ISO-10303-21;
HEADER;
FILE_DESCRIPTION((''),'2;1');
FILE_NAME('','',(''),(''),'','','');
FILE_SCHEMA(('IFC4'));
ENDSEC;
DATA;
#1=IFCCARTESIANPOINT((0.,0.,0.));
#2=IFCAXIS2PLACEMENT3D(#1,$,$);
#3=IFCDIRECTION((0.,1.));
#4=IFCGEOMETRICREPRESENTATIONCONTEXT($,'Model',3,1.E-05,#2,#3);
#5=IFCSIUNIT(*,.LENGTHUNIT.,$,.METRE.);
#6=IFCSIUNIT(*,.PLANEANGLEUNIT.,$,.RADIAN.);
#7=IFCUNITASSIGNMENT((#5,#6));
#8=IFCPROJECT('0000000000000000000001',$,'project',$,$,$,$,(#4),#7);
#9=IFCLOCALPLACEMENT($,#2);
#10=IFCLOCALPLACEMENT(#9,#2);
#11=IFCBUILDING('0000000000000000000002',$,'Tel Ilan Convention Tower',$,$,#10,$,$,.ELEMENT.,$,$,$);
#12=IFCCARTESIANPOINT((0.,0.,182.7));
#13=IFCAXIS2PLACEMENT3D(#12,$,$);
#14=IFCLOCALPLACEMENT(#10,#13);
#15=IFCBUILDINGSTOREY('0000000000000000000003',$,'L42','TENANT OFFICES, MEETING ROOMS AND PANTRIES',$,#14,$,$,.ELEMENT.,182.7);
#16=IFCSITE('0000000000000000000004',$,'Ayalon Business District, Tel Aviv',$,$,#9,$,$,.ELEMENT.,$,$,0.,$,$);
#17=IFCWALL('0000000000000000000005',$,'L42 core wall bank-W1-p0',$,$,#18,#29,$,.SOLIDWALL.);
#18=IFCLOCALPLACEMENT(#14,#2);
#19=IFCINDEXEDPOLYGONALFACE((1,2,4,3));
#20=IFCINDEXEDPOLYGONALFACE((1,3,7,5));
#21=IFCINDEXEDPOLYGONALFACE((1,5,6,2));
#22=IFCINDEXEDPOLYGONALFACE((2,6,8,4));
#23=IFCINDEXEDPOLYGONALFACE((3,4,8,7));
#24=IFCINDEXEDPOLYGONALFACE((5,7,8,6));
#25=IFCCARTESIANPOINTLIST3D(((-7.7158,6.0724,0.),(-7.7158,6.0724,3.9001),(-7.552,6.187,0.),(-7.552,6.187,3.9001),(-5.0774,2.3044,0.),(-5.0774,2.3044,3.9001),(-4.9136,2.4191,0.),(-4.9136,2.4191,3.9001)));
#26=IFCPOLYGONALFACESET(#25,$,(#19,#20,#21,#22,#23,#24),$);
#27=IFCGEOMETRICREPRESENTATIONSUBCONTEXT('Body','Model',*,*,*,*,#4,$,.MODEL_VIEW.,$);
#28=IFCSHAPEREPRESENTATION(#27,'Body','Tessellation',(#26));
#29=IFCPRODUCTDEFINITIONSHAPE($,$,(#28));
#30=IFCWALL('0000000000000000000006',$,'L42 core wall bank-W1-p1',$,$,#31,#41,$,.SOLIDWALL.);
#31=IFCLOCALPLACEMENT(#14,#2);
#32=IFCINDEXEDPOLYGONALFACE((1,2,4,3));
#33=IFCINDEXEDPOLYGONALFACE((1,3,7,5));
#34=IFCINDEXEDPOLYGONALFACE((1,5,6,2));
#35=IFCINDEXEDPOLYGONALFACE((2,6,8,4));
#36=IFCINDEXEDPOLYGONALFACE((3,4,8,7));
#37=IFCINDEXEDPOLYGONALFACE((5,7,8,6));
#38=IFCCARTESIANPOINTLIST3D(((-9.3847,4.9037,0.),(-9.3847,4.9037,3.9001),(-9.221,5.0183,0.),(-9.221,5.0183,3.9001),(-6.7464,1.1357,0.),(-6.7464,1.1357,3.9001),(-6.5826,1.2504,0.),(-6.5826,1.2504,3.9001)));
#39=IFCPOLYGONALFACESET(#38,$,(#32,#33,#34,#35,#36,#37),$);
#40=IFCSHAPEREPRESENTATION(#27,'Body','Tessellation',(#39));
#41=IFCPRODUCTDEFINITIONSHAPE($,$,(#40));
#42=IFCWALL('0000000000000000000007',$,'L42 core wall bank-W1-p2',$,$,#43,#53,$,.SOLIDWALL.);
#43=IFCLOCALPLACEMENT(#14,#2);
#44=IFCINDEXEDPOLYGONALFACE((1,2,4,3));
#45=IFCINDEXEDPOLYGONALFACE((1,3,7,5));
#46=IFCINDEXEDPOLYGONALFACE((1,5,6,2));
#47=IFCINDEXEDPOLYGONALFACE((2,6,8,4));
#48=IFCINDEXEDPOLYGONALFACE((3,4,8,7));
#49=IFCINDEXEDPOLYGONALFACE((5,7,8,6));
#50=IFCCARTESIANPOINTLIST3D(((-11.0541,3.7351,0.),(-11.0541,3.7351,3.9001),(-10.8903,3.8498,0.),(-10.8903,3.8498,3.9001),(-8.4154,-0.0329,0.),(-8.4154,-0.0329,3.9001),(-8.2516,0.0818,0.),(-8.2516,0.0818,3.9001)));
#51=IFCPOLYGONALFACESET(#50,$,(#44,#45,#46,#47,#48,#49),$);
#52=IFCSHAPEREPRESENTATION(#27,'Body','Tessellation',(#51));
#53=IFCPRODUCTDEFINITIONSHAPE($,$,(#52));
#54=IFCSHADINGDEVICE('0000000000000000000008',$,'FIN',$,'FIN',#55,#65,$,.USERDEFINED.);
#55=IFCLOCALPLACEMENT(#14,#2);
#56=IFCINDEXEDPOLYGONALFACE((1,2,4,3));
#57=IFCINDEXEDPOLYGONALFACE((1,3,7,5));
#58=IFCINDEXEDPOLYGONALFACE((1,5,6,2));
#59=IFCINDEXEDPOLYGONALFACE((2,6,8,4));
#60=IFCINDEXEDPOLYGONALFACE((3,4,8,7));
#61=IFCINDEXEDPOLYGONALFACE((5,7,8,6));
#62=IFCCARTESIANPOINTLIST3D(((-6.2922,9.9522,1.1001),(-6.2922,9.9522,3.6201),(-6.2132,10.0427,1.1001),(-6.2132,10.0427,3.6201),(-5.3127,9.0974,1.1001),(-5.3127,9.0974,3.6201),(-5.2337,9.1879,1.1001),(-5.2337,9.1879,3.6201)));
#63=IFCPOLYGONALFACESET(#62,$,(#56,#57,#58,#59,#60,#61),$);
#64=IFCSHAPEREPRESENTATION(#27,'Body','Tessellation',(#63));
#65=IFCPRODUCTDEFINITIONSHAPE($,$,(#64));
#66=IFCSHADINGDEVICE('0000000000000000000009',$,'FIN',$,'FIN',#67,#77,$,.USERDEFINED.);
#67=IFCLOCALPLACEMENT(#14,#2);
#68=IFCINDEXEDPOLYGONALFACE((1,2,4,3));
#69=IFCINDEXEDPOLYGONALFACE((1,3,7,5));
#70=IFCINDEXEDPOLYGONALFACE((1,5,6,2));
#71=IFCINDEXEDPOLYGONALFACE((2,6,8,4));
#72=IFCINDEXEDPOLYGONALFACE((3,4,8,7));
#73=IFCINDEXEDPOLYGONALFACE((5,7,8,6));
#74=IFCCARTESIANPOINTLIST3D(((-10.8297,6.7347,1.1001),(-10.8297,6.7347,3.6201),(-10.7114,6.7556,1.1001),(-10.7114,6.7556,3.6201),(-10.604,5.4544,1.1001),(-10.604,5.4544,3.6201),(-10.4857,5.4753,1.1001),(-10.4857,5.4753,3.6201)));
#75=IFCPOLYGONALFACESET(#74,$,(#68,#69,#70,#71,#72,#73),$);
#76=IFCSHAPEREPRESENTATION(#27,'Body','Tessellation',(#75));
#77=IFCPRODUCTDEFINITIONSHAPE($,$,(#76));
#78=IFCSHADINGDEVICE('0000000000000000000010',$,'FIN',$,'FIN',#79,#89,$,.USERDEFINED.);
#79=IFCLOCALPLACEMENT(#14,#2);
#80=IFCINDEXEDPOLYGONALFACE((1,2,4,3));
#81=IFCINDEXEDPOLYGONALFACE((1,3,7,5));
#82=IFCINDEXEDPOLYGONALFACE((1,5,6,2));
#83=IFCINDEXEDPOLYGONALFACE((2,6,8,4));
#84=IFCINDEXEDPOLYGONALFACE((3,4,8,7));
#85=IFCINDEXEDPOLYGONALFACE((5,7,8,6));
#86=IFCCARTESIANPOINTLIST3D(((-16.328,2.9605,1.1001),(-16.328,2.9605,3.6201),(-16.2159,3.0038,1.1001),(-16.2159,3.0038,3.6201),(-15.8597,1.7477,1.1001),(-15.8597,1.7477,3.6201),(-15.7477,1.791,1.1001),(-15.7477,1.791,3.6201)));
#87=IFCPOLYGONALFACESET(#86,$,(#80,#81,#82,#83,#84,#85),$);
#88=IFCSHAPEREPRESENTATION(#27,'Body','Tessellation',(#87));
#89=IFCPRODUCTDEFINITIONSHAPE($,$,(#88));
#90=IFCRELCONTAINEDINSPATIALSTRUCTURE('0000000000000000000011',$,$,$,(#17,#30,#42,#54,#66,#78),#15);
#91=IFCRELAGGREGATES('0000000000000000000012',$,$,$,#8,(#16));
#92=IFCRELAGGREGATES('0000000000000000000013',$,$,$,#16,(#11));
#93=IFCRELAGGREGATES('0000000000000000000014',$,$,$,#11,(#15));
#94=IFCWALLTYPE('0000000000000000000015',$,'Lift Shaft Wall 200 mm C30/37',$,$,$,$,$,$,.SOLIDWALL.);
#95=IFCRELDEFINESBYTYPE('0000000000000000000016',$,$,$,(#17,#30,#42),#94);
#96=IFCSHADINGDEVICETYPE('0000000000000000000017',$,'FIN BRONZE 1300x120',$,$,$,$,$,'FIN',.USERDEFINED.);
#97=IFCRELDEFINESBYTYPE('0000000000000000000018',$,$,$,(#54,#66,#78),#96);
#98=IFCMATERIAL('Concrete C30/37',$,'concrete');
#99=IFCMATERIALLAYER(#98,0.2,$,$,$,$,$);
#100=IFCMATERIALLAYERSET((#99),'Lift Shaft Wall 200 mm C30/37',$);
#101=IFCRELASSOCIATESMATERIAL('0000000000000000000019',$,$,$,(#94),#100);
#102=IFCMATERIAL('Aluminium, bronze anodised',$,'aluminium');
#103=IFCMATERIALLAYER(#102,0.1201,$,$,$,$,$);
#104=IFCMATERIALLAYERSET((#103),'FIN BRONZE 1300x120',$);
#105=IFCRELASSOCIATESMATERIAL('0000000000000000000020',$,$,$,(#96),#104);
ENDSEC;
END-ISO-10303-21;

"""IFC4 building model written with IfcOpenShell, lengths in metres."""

from ifc_helpers import new_model, si_unit, direction, frame, frame_2d, origin, origin_2d, place, context, subcontext, project, spatial, rectangle, extrude, material, layer, layer_set, type_object, element, save


model = new_model("IFC4")

# Units and contexts
model_context = context("Model", 3, precision=1e-05, world=origin(), true_north=direction((0.0, 1.0)))
body_context = subcontext(model_context, "Body", "Model", "MODEL_VIEW")
ifc_project = project(units=[si_unit("LENGTHUNIT", "METRE"), si_unit("PLANEANGLEUNIT", "RADIAN")], contexts=[model_context])

# Site, building, storey
site_placement = place(None, origin())
site = spatial("IfcSite", under=ifc_project, at=site_placement, Name="Ayalon Business District, Tel Aviv", CompositionType="ELEMENT", RefElevation=0.0)
building_placement = place(site_placement, origin())
building = spatial("IfcBuilding", under=site, at=building_placement, Name="Tel Ilan Convention Tower", CompositionType="ELEMENT")
storey_placement = place(building_placement, frame((0.0, 0.0, 182.7)))
storey = spatial("IfcBuildingStorey", under=building, at=storey_placement, Name="L42", Description="TENANT OFFICES, MEETING ROOMS AND PANTRIES", CompositionType="ELEMENT", Elevation=182.7)

# Walls
ifc_material_1 = material(Name="Concrete C30/37", Category="concrete")
ifc_layer_1 = layer(ifc_material_1, 0.2)
ifc_layer_set_1 = layer_set([ifc_layer_1], Name="Lift Shaft Wall 200 mm C30/37")
wall_type_1 = type_object("IfcWallType", Name="Lift Shaft Wall 200 mm C30/37", PredefinedType="SOLIDWALL", material=ifc_layer_set_1)
for number, where, z_axis, x_axis, name in (
    (1, (-4.9956, 2.3618, 0.0), (0.0, 0.0, 1.0), (-0.573576, 0.819152, 0.0), "L42 core wall bank-W1-p0"),
    (2, (-6.6646, 1.1931, 0.0), (0.0, 0.0, 1.0), (-0.573576, 0.819152, 0.0), "L42 core wall bank-W1-p1"),
):
    element("IfcWall", number, at=place(storey_placement, frame(where, z_axis=z_axis, x_axis=x_axis)), inside=storey, type_object=wall_type_1, Name=name, PredefinedType="SOLIDWALL", context=body_context, shape_type="SweptSolid", body=[
        extrude(rectangle(XDim=4.5999, YDim=0.2, at=frame_2d((2.2998, 0.0))), origin(), (0.0, 0.0, 1.0), 3.9001),
    ])
wall_1_placement = place(storey_placement, frame((-8.3335, 0.0244, 0.0), z_axis=(0.0, 0.0, 1.0), x_axis=(-0.573612, 0.819127, 0.0)))
element("IfcWall", 3, at=wall_1_placement, inside=storey, type_object=wall_type_1, Name="L42 core wall bank-W1-p2", PredefinedType="SOLIDWALL", context=body_context, shape_type="SweptSolid", body=[
    extrude(rectangle(XDim=4.6001, YDim=0.2, at=frame_2d((2.3, 0.0))), origin(), (0.0, 0.0, 1.0), 3.9001),
])

# Shading devices
ifc_material_2 = material(Name="Aluminium, bronze anodised", Category="aluminium")
ifc_layer_2 = layer(ifc_material_2, 0.1201)
ifc_layer_set_2 = layer_set([ifc_layer_2], Name="FIN BRONZE 1300x120")
shading_device_type = type_object("IfcShadingDeviceType", Name="FIN BRONZE 1300x120", ElementType="FIN", PredefinedType="USERDEFINED", material=ifc_layer_set_2)
for number, where, z_axis, x_axis, name in (
    (4, (-5.7629, 9.5701, 1.1001), (0.0, 0.0, 1.0), (-0.753436, 0.657521, 0.0), "FIN"),
    (5, (-10.6577, 6.105, 1.1001), (0.0, 0.0, 1.0), (-0.173648, 0.984808, 0.0), "FIN"),
    (6, (-16.0378, 2.3757, 1.1001), (0.0, 0.0, 1.0), (-0.360178, 0.932884, 0.0), "FIN"),
):
    element("IfcShadingDevice", number, at=place(storey_placement, frame(where, z_axis=z_axis, x_axis=x_axis)), inside=storey, type_object=shading_device_type, Name=name, ObjectType="FIN", PredefinedType="USERDEFINED", context=body_context, shape_type="SweptSolid", body=[
        extrude(rectangle(XDim=1.3, YDim=0.1201, at=origin_2d()), origin(), (0.0, 0.0, 1.0), 2.52),
    ])

save(model, "model.ifc")
